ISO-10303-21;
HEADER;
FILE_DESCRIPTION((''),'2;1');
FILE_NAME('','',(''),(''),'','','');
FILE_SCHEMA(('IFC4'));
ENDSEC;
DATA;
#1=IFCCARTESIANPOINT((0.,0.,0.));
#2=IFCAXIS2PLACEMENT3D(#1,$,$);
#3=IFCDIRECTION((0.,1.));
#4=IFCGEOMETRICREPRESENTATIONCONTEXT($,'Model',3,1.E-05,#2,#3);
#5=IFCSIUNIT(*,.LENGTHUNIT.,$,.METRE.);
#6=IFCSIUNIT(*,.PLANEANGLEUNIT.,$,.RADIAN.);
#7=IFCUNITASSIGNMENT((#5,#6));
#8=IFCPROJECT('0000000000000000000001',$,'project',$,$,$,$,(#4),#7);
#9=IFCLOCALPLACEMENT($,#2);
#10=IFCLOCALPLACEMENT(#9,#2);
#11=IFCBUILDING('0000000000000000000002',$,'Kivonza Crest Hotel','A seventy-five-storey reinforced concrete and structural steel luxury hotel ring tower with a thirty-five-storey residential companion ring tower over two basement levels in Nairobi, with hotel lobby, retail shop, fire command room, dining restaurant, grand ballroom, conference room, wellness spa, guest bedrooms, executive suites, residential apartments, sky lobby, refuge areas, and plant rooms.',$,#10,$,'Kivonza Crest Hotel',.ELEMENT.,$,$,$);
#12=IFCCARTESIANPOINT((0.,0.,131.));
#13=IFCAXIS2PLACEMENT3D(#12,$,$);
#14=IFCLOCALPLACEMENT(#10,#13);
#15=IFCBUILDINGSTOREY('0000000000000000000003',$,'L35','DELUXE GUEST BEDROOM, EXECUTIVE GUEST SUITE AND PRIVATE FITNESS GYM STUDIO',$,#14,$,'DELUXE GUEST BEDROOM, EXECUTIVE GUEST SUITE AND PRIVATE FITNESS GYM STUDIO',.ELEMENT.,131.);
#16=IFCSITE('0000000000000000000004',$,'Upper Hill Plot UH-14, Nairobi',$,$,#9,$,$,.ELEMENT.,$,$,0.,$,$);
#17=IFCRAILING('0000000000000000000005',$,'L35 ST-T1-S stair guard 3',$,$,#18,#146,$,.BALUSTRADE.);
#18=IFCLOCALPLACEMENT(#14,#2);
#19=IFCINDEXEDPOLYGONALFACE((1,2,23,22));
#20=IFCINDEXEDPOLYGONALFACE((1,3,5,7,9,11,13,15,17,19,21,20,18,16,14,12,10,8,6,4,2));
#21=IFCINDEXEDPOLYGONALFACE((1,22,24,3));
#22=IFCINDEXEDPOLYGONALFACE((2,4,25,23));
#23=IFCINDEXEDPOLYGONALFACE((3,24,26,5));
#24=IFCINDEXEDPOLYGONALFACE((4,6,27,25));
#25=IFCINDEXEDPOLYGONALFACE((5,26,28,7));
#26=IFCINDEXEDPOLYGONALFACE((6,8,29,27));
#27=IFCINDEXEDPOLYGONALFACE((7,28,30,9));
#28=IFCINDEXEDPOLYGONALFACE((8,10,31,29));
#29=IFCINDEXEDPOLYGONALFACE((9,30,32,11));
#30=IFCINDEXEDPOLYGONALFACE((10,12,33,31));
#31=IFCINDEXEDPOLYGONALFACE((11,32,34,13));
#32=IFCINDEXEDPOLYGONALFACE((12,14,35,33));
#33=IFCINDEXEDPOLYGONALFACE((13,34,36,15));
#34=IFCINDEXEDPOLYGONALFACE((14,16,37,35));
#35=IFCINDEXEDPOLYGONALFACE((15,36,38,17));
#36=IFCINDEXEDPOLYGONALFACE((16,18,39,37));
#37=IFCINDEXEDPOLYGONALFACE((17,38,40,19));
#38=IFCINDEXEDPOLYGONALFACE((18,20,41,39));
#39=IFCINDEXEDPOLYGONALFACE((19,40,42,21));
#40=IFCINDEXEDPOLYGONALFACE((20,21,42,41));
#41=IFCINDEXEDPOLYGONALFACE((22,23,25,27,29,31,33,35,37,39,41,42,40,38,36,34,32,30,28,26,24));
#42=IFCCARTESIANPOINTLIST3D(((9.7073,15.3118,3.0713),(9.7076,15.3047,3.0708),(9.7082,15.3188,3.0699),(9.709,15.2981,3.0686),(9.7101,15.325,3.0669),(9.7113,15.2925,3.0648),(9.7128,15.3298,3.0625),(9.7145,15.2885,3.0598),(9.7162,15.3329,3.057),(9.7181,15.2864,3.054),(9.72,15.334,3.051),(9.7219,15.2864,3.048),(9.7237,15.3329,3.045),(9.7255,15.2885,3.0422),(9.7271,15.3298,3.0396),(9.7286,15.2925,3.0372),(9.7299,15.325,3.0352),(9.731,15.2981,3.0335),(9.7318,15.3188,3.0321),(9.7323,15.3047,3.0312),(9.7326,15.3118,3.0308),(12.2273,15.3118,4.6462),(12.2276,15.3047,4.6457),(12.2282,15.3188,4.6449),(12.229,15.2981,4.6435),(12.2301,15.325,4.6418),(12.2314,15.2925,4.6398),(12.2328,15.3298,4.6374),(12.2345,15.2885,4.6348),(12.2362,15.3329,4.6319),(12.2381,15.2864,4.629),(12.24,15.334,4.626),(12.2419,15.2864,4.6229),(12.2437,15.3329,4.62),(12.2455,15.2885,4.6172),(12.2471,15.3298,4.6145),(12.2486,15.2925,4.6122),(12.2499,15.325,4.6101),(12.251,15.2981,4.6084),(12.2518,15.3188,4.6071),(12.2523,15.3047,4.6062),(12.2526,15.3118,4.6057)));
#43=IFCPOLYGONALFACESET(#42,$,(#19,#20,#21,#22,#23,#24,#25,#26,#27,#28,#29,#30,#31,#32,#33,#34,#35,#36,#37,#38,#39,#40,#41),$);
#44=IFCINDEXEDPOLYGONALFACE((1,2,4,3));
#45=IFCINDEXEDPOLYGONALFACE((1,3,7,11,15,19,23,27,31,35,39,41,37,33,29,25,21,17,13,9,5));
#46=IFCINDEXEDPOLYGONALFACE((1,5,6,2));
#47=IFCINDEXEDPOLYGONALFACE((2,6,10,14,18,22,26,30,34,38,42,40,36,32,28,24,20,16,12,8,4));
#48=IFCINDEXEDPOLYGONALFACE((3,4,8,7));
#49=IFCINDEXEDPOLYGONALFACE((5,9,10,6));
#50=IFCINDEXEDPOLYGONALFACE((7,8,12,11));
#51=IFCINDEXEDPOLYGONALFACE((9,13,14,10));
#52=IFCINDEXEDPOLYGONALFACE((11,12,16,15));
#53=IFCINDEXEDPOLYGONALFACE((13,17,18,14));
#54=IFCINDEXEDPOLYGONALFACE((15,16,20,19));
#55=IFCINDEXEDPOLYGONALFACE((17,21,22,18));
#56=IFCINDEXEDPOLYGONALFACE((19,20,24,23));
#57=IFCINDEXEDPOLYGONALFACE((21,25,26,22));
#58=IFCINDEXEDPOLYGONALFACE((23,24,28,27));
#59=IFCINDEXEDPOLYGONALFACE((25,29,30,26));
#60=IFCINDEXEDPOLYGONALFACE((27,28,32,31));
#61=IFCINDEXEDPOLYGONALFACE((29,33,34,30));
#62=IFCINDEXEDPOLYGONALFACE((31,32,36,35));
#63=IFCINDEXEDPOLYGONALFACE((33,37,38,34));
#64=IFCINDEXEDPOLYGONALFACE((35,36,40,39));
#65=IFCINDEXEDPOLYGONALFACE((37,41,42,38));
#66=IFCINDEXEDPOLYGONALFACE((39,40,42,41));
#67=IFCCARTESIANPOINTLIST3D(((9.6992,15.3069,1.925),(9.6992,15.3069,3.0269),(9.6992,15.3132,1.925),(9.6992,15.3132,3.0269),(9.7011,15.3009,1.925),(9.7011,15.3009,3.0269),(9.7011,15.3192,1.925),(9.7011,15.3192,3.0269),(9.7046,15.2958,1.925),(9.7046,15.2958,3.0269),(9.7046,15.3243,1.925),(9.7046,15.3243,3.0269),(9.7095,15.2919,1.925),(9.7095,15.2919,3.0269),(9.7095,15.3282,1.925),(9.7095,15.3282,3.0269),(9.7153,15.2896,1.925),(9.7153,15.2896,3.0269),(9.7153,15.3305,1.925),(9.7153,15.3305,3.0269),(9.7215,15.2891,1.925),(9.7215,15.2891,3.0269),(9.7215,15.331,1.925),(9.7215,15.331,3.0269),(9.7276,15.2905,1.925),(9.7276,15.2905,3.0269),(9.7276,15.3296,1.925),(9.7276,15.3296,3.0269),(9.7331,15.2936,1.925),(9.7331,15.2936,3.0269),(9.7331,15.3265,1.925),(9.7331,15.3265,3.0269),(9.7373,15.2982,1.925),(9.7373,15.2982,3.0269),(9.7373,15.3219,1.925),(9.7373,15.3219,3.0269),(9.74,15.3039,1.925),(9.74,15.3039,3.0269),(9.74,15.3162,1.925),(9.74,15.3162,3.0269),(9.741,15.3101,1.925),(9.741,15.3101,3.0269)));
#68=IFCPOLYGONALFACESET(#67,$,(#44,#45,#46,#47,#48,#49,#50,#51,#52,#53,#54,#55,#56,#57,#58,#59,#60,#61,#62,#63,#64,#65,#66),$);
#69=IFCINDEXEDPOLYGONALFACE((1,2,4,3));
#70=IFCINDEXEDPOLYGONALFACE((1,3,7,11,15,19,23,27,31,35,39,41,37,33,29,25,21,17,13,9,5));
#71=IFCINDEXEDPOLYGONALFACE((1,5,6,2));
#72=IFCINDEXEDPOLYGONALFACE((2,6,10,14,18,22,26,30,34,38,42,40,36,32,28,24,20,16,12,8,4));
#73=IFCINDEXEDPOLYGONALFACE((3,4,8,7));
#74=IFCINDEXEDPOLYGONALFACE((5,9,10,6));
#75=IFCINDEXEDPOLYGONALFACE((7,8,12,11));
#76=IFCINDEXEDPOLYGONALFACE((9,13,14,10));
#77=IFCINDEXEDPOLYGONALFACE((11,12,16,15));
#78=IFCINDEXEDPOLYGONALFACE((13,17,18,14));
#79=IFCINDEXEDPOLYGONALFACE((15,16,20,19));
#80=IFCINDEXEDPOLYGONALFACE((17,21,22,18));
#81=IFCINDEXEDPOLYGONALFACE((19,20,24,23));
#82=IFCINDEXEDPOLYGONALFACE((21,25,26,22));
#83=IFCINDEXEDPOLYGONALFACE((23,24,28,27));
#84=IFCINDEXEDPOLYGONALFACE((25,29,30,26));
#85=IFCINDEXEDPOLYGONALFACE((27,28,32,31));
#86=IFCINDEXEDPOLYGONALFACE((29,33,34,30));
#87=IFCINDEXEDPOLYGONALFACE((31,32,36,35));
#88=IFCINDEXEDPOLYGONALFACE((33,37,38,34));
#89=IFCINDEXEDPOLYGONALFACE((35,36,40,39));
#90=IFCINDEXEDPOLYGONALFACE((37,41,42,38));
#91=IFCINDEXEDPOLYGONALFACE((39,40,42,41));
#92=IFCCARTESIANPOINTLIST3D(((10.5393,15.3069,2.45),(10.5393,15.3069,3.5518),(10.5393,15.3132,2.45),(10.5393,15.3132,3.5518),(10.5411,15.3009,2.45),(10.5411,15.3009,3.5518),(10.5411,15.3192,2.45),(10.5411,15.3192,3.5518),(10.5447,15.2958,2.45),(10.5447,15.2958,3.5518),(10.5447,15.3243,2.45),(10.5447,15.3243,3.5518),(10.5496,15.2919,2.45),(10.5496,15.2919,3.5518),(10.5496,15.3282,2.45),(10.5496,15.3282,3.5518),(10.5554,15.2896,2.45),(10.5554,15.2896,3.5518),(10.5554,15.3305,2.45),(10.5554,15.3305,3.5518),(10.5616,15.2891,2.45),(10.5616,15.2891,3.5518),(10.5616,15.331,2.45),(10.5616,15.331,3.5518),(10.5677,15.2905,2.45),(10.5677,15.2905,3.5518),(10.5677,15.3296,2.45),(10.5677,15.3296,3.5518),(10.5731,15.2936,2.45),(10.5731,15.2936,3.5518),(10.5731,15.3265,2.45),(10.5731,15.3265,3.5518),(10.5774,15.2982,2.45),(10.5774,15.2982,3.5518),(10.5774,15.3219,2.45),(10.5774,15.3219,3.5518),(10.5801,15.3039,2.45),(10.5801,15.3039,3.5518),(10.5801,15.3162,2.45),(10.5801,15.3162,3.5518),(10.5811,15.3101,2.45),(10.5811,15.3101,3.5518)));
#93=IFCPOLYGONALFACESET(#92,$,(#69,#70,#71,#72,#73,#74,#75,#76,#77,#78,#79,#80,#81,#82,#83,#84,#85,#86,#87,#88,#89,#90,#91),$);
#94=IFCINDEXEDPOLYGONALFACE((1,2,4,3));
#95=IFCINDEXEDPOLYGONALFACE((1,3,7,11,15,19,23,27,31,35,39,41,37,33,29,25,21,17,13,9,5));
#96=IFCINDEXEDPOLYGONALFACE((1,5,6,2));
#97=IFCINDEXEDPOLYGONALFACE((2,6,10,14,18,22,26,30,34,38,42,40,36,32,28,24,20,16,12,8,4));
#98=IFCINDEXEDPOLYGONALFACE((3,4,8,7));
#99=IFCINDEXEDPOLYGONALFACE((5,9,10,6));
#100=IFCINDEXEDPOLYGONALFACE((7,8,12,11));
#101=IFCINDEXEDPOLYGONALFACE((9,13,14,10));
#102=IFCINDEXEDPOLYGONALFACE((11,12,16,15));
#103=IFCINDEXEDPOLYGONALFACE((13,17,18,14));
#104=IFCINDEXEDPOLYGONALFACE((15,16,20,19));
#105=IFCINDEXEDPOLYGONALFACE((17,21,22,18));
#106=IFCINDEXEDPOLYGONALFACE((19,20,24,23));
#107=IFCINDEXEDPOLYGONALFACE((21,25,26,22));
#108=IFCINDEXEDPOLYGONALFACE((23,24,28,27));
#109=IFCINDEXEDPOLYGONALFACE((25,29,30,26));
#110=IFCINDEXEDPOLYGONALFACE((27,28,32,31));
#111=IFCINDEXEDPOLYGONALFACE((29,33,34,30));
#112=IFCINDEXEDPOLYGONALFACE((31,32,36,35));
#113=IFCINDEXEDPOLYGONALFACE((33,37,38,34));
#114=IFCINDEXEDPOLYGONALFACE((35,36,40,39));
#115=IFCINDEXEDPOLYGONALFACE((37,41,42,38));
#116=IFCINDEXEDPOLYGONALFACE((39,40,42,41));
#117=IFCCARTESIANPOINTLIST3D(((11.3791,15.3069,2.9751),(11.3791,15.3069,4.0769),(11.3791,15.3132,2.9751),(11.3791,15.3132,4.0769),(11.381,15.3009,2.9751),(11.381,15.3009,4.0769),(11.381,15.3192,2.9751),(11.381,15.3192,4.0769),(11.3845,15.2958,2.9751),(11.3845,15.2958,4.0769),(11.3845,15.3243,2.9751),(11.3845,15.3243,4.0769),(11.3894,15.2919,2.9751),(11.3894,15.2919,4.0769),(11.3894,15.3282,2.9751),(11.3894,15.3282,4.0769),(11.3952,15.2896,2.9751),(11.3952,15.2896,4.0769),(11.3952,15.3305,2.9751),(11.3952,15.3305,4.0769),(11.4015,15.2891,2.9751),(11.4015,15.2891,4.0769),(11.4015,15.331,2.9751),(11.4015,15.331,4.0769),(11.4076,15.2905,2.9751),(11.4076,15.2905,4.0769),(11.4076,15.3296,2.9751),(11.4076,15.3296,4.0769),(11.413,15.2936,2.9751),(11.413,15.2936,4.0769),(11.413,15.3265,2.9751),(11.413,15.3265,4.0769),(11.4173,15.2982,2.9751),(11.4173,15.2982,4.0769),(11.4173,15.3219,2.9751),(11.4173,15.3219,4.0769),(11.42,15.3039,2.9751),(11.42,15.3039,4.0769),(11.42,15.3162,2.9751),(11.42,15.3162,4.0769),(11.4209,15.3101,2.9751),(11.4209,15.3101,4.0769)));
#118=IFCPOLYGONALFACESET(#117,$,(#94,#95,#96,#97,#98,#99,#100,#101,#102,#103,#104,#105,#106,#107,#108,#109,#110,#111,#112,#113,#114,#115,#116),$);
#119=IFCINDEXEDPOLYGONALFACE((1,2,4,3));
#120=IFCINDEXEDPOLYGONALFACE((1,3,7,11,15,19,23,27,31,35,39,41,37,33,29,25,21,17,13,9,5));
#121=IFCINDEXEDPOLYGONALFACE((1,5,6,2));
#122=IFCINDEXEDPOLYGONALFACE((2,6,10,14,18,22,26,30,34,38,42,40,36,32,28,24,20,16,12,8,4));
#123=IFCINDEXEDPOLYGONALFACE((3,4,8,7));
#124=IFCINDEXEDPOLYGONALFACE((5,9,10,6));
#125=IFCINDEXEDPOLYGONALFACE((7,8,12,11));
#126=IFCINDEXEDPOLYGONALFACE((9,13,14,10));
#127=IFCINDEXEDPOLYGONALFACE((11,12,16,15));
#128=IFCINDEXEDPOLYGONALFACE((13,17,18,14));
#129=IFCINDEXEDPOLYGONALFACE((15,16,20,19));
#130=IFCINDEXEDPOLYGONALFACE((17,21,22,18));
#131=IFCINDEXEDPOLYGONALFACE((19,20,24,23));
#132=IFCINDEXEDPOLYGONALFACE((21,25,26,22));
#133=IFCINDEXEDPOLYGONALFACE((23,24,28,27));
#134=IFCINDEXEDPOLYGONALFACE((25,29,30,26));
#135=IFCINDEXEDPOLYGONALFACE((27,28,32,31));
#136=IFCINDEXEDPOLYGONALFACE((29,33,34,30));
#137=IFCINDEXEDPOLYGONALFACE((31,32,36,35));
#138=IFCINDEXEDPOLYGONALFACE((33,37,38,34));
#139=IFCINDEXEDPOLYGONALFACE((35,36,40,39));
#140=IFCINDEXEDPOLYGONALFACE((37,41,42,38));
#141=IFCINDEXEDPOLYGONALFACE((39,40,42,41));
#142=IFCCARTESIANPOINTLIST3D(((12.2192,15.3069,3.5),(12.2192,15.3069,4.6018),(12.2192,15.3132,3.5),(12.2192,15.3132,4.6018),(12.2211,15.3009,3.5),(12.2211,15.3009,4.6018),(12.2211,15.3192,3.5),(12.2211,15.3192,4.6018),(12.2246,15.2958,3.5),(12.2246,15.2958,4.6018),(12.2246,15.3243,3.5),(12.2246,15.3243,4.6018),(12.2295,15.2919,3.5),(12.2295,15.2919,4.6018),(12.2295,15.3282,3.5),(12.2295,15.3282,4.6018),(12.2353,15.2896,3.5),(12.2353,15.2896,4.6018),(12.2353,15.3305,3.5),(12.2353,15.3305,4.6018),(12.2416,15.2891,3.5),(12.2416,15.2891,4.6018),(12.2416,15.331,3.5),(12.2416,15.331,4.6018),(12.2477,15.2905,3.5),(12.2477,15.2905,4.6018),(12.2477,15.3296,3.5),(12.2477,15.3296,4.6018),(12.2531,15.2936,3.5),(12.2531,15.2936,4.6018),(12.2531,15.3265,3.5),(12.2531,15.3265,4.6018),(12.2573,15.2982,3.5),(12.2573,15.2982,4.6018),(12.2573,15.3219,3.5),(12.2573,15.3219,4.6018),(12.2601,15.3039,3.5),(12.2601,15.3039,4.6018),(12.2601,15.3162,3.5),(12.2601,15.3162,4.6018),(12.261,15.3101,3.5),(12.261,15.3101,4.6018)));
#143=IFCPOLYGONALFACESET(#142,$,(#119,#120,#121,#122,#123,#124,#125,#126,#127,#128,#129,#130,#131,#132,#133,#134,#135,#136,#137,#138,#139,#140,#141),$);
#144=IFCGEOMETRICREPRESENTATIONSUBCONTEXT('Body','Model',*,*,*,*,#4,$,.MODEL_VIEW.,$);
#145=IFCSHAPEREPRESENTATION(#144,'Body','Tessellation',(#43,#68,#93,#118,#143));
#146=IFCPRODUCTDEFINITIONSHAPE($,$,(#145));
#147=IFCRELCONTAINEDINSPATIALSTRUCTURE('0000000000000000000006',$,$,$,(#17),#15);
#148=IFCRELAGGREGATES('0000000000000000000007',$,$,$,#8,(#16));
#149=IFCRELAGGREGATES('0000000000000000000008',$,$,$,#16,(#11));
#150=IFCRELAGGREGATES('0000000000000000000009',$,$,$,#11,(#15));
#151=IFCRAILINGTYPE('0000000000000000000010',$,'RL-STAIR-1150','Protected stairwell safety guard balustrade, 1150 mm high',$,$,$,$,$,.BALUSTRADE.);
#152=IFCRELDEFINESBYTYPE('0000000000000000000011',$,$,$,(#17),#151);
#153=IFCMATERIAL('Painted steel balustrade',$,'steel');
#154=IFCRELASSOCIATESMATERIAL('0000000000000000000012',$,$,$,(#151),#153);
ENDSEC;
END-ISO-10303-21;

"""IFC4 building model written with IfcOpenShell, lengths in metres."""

from ifc_helpers import new_model, si_unit, direction, frame, origin, origin_2d, place, context, subcontext, project, spatial, circle, extrude, material, type_object, element, save


model = new_model("IFC4")

# Units and contexts
model_context = context("Model", 3, precision=1e-05, world=origin(), true_north=direction((0.0, 1.0)))
body_context = subcontext(model_context, "Body", "Model", "MODEL_VIEW")
ifc_project = project(units=[si_unit("LENGTHUNIT", "METRE"), si_unit("PLANEANGLEUNIT", "RADIAN")], contexts=[model_context])

# Site, building, storey
site_placement = place(None, origin())
site = spatial("IfcSite", under=ifc_project, at=site_placement, Name="Upper Hill Plot UH-14, Nairobi", CompositionType="ELEMENT", RefElevation=0.0)
building_placement = place(site_placement, origin())
building = spatial("IfcBuilding", under=site, at=building_placement, Name="Kivonza Crest Hotel", Description="A seventy-five-storey reinforced concrete and structural steel luxury hotel ring tower with a thirty-five-storey residential companion ring tower over two basement levels in Nairobi, with hotel lobby, retail shop, fire command room, dining restaurant, grand ballroom, conference room, wellness spa, guest bedrooms, executive suites, residential apartments, sky lobby, refuge areas, and plant rooms.", LongName="Kivonza Crest Hotel", CompositionType="ELEMENT")
storey_placement = place(building_placement, frame((0.0, 0.0, 131.0)))
storey = spatial("IfcBuildingStorey", under=building, at=storey_placement, Name="L35", Description="DELUXE GUEST BEDROOM, EXECUTIVE GUEST SUITE AND PRIVATE FITNESS GYM STUDIO", LongName="DELUXE GUEST BEDROOM, EXECUTIVE GUEST SUITE AND PRIVATE FITNESS GYM STUDIO", CompositionType="ELEMENT", Elevation=131.0)

# Railing
ifc_material_1 = material(Name="Painted steel balustrade", Category="steel")
railing_type_1 = type_object("IfcRailingType", Name="RL-STAIR-1150", Description="Protected stairwell safety guard balustrade, 1150 mm high", PredefinedType="BALUSTRADE", material=ifc_material_1)
railing_1_placement = place(storey_placement, frame((9.72, 15.3101, 1.925)))
element("IfcRailing", 1, at=railing_1_placement, inside=storey, type_object=railing_type_1, Name="L35 ST-T1-S stair guard 3", PredefinedType="BALUSTRADE", context=body_context, shape_type="SweptSolid", body=[
    extrude(circle(Radius=0.0239, at=origin_2d()), frame((0.0, 0.0, 1.126), z_axis=(0.848008, 0.0, 0.529984), x_axis=(0.0, 1.0, 0.0)), (0.0, 0.0, 1.0), 2.9717),
    extrude(circle(Radius=0.021, at=origin_2d()), origin(), (0.0, 0.0, 1.0), 1.1018),
    extrude(circle(Radius=0.021, at=origin_2d()), frame((0.8401, 0.0, 0.5249)), (0.0, 0.0, 1.0), 1.1018),
    extrude(circle(Radius=0.021, at=origin_2d()), frame((1.6799, 0.0, 1.05)), (0.0, 0.0, 1.0), 1.1018),
    extrude(circle(Radius=0.021, at=origin_2d()), frame((2.52, 0.0, 1.575)), (0.0, 0.0, 1.0), 1.1018),
])

save(model, "model.ifc")
